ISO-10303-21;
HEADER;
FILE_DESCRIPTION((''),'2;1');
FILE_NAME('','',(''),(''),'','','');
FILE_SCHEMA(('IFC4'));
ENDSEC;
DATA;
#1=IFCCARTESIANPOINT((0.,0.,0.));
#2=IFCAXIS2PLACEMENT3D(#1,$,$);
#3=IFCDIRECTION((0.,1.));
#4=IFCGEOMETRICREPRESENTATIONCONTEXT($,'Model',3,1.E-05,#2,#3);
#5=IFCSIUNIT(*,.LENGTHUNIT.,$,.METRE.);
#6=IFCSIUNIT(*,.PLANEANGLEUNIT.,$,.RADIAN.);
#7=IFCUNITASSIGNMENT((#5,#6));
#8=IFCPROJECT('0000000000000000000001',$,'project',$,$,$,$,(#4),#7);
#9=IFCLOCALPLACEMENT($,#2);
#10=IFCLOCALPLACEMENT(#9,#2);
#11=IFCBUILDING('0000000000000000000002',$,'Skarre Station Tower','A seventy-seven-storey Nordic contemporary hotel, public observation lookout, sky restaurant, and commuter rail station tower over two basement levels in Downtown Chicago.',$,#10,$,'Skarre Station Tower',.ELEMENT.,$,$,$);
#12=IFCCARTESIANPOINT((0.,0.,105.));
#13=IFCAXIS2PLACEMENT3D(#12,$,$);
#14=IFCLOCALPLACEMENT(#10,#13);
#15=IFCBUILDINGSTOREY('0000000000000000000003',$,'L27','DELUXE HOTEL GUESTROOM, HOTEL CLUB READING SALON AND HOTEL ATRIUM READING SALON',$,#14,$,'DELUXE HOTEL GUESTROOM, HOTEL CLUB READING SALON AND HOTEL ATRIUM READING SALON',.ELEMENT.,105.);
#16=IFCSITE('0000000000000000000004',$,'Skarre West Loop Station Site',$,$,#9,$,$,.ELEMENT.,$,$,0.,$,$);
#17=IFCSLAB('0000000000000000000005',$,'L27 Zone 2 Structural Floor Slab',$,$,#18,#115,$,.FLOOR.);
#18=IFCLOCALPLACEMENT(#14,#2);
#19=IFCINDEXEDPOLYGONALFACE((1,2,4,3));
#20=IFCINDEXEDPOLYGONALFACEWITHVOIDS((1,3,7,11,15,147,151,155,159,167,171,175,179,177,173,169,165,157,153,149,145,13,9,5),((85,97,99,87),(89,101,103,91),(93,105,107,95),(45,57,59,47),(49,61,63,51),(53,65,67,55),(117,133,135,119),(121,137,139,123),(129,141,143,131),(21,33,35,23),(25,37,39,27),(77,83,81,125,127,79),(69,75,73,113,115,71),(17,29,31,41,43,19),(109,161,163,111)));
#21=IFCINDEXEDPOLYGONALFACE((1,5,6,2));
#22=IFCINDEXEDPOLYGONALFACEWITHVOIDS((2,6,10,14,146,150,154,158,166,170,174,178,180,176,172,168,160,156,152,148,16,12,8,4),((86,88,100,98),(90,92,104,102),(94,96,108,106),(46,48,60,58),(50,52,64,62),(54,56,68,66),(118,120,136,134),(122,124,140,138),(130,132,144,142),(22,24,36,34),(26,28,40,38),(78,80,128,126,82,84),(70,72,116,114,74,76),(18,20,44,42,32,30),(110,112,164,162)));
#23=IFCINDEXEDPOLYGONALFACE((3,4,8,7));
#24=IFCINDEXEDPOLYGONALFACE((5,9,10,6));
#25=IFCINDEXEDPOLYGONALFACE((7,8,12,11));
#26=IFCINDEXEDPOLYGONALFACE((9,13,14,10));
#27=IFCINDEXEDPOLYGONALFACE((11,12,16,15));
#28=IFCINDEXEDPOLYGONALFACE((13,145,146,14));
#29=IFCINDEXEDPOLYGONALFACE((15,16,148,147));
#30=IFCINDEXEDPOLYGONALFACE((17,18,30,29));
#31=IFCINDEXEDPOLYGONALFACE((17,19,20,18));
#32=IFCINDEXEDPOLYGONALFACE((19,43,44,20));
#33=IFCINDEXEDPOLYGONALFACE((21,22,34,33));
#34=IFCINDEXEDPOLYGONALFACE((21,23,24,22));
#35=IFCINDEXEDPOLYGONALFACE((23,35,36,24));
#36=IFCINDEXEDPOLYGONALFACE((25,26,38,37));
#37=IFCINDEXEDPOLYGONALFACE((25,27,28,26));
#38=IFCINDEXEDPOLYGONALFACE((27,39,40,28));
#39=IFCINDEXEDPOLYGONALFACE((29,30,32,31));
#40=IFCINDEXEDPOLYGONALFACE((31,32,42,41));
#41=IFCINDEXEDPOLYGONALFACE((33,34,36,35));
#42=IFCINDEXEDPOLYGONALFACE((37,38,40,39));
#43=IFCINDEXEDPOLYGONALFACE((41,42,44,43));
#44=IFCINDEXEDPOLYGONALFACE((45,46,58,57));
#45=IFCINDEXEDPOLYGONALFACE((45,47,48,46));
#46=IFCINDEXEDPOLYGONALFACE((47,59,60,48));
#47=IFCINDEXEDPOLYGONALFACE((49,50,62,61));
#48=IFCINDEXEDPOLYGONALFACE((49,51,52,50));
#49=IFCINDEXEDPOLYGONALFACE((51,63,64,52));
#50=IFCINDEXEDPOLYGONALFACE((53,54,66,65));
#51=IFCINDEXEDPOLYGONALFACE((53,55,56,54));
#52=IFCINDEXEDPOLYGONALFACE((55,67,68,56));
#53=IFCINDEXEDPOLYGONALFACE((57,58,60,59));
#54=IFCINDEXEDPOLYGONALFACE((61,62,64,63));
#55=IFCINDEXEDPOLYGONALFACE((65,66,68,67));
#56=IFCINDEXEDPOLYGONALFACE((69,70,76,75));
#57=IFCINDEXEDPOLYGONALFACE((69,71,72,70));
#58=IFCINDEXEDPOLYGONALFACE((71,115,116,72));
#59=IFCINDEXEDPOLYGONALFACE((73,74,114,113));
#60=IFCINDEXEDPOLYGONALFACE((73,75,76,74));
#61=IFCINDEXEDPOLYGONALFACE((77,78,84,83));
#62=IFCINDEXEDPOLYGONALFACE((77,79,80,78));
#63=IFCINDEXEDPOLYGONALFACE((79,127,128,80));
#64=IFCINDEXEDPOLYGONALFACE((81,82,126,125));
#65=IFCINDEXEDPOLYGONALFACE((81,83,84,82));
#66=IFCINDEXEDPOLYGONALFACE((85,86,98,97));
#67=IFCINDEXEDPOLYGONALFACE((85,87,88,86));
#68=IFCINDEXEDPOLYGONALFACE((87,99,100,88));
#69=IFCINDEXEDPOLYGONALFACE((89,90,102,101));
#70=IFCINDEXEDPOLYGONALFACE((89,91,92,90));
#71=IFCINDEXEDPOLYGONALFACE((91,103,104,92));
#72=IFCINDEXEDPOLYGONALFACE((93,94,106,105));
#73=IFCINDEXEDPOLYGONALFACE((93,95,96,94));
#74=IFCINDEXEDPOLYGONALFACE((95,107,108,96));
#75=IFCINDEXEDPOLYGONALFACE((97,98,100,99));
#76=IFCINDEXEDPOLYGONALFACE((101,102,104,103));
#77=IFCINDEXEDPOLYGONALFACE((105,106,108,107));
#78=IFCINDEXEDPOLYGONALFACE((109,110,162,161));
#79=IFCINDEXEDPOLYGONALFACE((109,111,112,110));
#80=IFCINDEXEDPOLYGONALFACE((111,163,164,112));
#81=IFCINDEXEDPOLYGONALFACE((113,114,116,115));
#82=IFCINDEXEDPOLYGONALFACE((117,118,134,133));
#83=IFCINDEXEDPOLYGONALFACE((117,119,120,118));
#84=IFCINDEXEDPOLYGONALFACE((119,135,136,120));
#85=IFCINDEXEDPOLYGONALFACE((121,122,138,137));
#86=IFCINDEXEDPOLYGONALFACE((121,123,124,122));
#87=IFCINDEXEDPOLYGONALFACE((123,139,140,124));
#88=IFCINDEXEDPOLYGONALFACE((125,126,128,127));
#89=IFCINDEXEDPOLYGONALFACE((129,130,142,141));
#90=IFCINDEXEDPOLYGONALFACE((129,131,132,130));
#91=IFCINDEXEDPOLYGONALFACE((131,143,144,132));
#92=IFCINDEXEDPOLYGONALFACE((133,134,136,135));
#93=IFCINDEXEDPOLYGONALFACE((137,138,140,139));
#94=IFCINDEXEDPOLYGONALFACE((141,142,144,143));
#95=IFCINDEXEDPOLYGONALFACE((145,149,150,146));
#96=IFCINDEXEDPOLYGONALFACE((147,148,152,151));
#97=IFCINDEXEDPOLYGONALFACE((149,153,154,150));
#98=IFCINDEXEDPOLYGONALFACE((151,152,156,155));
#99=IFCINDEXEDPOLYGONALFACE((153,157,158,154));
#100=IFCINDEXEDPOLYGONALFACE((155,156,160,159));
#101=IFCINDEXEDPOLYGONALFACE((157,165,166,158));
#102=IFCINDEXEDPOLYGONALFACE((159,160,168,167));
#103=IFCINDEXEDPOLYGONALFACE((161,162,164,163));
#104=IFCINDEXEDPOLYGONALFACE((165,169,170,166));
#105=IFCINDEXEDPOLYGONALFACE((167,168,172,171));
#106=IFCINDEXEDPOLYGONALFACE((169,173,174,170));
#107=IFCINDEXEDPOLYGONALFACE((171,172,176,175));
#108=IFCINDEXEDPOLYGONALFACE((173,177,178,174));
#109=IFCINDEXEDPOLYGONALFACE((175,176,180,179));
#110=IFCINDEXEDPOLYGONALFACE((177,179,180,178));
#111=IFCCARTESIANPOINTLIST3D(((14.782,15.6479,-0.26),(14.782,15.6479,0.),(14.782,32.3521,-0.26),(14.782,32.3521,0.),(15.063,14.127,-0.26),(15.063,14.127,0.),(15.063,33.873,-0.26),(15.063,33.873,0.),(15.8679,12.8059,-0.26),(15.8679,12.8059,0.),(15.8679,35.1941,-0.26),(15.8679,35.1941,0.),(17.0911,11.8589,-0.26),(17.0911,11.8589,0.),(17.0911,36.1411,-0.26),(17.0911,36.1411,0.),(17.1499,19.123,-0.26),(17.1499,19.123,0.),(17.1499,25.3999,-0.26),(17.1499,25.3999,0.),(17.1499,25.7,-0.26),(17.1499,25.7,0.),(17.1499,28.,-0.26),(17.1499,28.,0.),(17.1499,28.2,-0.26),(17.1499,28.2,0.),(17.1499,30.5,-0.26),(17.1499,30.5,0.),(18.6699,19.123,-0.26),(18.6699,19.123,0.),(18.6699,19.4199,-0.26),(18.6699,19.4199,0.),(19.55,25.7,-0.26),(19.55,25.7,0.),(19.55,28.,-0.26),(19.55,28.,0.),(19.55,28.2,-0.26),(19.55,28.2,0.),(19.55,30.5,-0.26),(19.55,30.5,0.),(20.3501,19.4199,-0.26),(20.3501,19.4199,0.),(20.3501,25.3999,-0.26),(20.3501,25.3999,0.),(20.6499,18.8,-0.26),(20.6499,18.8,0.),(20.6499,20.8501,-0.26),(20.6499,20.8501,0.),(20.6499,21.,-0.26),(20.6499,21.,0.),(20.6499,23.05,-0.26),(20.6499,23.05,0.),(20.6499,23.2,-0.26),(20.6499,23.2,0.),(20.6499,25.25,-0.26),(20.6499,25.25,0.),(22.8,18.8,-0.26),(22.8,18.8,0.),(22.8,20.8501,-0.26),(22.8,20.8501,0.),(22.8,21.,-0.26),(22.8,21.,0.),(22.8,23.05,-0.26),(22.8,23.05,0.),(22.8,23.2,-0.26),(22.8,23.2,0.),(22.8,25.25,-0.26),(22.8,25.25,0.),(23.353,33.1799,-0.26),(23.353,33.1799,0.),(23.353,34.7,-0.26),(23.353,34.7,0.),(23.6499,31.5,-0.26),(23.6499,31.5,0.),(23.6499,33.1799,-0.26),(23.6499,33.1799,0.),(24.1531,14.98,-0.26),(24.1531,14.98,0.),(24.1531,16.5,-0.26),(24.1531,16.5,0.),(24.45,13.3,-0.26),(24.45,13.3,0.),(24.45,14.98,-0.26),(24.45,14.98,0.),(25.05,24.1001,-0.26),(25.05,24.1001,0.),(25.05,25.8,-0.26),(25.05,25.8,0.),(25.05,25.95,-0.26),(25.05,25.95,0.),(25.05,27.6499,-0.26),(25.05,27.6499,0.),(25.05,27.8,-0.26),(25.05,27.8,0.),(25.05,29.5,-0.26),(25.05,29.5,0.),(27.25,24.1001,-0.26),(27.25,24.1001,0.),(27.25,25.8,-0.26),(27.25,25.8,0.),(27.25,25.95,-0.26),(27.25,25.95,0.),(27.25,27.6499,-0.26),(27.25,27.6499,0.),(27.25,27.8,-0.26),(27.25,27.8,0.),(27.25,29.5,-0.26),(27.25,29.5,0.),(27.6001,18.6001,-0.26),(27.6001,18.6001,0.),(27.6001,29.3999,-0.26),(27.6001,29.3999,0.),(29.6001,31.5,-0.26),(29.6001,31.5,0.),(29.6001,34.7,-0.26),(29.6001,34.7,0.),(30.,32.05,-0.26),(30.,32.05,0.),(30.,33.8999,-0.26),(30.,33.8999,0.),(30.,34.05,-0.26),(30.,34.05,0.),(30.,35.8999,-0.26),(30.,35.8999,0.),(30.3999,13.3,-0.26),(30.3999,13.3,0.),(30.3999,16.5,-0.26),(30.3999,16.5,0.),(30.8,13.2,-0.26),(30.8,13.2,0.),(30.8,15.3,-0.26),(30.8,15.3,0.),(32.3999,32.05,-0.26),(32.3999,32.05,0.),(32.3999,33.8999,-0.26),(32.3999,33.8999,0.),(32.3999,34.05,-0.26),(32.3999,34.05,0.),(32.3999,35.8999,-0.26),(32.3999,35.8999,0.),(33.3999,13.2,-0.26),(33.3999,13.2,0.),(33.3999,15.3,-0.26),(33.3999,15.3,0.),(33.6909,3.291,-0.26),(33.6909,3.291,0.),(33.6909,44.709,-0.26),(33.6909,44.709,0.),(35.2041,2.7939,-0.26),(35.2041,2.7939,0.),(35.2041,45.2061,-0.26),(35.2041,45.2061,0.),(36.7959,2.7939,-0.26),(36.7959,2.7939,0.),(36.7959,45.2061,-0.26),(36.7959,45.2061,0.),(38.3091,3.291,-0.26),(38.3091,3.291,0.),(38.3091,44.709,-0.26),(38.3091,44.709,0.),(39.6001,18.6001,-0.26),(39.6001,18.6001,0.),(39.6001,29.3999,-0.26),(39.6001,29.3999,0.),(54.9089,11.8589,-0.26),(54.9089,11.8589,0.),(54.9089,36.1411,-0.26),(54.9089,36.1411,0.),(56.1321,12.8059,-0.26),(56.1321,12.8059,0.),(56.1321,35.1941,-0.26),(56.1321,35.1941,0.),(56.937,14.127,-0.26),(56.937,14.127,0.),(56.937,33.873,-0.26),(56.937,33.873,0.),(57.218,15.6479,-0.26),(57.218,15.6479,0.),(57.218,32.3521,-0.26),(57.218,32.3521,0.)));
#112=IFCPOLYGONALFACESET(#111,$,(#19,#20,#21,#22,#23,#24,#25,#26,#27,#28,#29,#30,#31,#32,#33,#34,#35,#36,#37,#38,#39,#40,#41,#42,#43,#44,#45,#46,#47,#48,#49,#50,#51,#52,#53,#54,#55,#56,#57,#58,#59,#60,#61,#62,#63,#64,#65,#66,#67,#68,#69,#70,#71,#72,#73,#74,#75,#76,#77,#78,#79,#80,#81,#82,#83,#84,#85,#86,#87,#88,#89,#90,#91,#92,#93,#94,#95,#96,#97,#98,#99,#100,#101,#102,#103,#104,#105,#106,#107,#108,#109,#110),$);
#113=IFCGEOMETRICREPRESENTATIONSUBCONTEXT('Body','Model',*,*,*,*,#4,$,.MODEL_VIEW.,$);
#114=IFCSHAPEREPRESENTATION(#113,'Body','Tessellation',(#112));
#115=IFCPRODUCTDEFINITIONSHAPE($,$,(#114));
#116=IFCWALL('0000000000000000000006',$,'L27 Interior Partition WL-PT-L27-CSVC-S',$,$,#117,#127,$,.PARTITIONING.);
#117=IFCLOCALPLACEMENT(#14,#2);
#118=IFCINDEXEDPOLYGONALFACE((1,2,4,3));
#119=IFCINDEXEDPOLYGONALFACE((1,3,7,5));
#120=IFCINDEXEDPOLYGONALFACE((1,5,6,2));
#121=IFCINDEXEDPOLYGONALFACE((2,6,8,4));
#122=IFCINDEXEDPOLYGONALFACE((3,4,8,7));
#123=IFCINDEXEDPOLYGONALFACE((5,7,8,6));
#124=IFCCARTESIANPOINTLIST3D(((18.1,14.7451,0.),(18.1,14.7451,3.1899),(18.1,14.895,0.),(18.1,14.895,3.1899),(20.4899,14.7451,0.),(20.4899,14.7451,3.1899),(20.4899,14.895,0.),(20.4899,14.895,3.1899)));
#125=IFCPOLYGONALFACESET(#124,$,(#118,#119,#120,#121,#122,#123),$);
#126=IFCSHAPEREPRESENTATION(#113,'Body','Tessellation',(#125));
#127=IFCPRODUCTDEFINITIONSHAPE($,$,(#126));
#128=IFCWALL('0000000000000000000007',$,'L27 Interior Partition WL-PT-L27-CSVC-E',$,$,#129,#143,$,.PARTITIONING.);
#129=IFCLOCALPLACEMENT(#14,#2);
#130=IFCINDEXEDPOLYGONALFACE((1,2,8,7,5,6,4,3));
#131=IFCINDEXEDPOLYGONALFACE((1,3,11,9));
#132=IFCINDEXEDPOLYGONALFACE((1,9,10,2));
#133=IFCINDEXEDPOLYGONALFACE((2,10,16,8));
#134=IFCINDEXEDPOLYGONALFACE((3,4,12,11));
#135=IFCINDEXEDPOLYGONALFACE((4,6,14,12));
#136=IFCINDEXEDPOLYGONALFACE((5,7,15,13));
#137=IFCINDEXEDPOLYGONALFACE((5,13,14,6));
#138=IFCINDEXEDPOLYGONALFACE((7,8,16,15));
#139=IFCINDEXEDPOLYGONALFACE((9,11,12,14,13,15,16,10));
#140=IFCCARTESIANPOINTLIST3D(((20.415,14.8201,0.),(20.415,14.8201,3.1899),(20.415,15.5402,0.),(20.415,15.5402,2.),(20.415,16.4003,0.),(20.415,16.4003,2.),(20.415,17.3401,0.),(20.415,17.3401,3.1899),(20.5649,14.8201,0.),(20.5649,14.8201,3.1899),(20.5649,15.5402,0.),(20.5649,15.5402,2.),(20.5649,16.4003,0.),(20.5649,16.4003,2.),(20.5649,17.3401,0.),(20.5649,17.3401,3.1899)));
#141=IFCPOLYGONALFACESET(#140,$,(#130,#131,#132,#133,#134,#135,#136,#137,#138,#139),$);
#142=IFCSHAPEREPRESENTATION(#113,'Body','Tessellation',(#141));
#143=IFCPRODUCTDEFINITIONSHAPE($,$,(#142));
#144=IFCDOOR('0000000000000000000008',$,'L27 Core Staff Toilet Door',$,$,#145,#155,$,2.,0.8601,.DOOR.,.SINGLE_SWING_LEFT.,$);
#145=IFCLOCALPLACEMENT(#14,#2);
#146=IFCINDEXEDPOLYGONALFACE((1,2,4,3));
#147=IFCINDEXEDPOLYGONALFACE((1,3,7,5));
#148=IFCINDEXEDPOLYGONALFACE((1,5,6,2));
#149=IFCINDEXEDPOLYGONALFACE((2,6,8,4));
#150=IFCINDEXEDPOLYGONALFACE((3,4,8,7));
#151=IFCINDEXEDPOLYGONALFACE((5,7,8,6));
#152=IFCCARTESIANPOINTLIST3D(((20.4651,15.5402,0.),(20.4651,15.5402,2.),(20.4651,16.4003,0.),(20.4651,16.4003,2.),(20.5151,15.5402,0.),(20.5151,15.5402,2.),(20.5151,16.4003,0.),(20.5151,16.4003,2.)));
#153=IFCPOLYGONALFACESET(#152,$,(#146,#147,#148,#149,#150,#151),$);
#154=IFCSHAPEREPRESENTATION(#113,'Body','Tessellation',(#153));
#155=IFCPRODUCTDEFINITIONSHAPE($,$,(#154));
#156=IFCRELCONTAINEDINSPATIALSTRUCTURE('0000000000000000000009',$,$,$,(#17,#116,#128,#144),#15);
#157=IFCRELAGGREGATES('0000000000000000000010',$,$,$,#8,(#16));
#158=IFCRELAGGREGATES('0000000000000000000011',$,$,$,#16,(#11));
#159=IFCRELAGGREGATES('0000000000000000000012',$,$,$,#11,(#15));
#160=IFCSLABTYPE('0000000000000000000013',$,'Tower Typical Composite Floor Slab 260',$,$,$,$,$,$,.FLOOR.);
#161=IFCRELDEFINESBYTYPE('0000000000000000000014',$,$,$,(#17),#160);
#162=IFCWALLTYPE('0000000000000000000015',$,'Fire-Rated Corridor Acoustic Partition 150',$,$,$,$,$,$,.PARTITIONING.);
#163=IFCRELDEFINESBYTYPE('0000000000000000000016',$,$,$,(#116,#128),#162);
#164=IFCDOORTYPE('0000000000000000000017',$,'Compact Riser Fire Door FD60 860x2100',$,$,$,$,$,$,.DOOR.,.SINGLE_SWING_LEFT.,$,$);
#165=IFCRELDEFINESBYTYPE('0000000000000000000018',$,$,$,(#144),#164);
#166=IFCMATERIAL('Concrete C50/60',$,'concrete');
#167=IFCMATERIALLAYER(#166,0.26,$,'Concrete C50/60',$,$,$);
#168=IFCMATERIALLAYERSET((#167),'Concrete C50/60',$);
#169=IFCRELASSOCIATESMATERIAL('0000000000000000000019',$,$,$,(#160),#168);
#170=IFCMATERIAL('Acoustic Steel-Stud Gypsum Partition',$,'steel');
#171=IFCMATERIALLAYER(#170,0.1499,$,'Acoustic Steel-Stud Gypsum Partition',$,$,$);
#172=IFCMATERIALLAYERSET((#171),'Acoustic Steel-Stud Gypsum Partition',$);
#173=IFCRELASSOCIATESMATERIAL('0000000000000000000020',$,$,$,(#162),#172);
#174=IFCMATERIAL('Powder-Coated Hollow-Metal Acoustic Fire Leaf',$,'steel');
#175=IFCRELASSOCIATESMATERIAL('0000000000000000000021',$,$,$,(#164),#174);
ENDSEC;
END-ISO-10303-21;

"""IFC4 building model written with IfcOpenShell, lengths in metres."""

from ifc_helpers import new_model, si_unit, direction, frame, frame_2d, origin, place, context, subcontext, project, spatial, polyline, rectangle, outline, extrude, material, layer, layer_set, type_object, element, fill, save


model = new_model("IFC4")

# Units and contexts
model_context = context("Model", 3, precision=1e-05, world=origin(), true_north=direction((0.0, 1.0)))
body_context = subcontext(model_context, "Body", "Model", "MODEL_VIEW")
ifc_project = project(units=[si_unit("LENGTHUNIT", "METRE"), si_unit("PLANEANGLEUNIT", "RADIAN")], contexts=[model_context])

# Site, building, storey
site_placement = place(None, origin())
site = spatial("IfcSite", under=ifc_project, at=site_placement, Name="Skarre West Loop Station Site", CompositionType="ELEMENT", RefElevation=0.0)
building_placement = place(site_placement, origin())
building = spatial("IfcBuilding", under=site, at=building_placement, Name="Skarre Station Tower", Description="A seventy-seven-storey Nordic contemporary hotel, public observation lookout, sky restaurant, and commuter rail station tower over two basement levels in Downtown Chicago.", LongName="Skarre Station Tower", CompositionType="ELEMENT")
storey_placement = place(building_placement, frame((0.0, 0.0, 105.0)))
storey = spatial("IfcBuildingStorey", under=building, at=storey_placement, Name="L27", Description="DELUXE HOTEL GUESTROOM, HOTEL CLUB READING SALON AND HOTEL ATRIUM READING SALON", LongName="DELUXE HOTEL GUESTROOM, HOTEL CLUB READING SALON AND HOTEL ATRIUM READING SALON", CompositionType="ELEMENT", Elevation=105.0)

# Slab
ifc_material_1 = material(Name="Concrete C50/60", Category="concrete")
ifc_layer_1 = layer(ifc_material_1, 0.26, Name="Concrete C50/60")
ifc_layer_set_1 = layer_set([ifc_layer_1], Name="Concrete C50/60")
slab_type_1 = type_object("IfcSlabType", Name="Tower Typical Composite Floor Slab 260", PredefinedType="FLOOR", material=ifc_layer_set_1)
slab_1_placement = place(storey_placement, frame((0.0, 0.0, -0.26)))
element("IfcSlab", 1, at=slab_1_placement, inside=storey, type_object=slab_type_1, Name="L27 Zone 2 Structural Floor Slab", PredefinedType="FLOOR", context=body_context, shape_type="SweptSolid", body=[
    extrude(outline(polyline([(57.218, 32.3521), (56.937, 33.873), (56.1321, 35.1941), (54.9089, 36.1411), (38.3091, 44.709), (36.7959, 45.2061), (35.2041, 45.2061), (33.6909, 44.709), (17.0911, 36.1411), (15.8679, 35.1941), (15.063, 33.873), (14.782, 32.3521), (14.782, 15.6479), (15.063, 14.127), (15.8679, 12.8059), (17.0911, 11.8589), (33.6909, 3.291), (35.2041, 2.7939), (36.7959, 2.7939), (38.3091, 3.291), (54.9089, 11.8589), (56.1321, 12.8059), (56.937, 14.127), (57.218, 15.6479), (57.218, 32.3521)]), holes=[polyline([(18.6699, 19.4199), (18.6699, 19.123), (17.1499, 19.123), (17.1499, 25.3999), (20.3501, 25.3999), (20.3501, 19.4199), (18.6699, 19.4199)]), polyline([(24.45, 14.98), (24.1531, 14.98), (24.1531, 16.5), (30.3999, 16.5), (30.3999, 13.3), (24.45, 13.3), (24.45, 14.98)]), polyline([(23.6499, 33.1799), (23.353, 33.1799), (23.353, 34.7), (29.6001, 34.7), (29.6001, 31.5), (23.6499, 31.5), (23.6499, 33.1799)]), polyline([(17.1499, 28.0), (19.55, 28.0), (19.55, 25.7), (17.1499, 25.7), (17.1499, 28.0)]), polyline([(17.1499, 30.5), (19.55, 30.5), (19.55, 28.2), (17.1499, 28.2), (17.1499, 30.5)]), polyline([(30.8, 15.3), (33.3999, 15.3), (33.3999, 13.2), (30.8, 13.2), (30.8, 15.3)]), polyline([(25.05, 25.8), (27.25, 25.8), (27.25, 24.1001), (25.05, 24.1001), (25.05, 25.8)]), polyline([(25.05, 27.6499), (27.25, 27.6499), (27.25, 25.95), (25.05, 25.95), (25.05, 27.6499)]), polyline([(25.05, 29.5), (27.25, 29.5), (27.25, 27.8), (25.05, 27.8), (25.05, 29.5)]), polyline([(20.6499, 20.8501), (22.8, 20.8501), (22.8, 18.8), (20.6499, 18.8), (20.6499, 20.8501)]), polyline([(20.6499, 23.05), (22.8, 23.05), (22.8, 21.0), (20.6499, 21.0), (20.6499, 23.05)]), polyline([(20.6499, 25.25), (22.8, 25.25), (22.8, 23.2), (20.6499, 23.2), (20.6499, 25.25)]), polyline([(30.0, 33.8999), (32.3999, 33.8999), (32.3999, 32.05), (30.0, 32.05), (30.0, 33.8999)]), polyline([(30.0, 35.8999), (32.3999, 35.8999), (32.3999, 34.05), (30.0, 34.05), (30.0, 35.8999)]), polyline([(27.6001, 29.3999), (39.6001, 29.3999), (39.6001, 18.6001), (27.6001, 18.6001), (27.6001, 29.3999)])]), origin(), (0.0, 0.0, 1.0), 0.26),
])

# Wall
ifc_material_2 = material(Name="Acoustic Steel-Stud Gypsum Partition", Category="steel")
ifc_layer_2 = layer(ifc_material_2, 0.1499, Name="Acoustic Steel-Stud Gypsum Partition")
ifc_layer_set_2 = layer_set([ifc_layer_2], Name="Acoustic Steel-Stud Gypsum Partition")
wall_type_1 = type_object("IfcWallType", Name="Fire-Rated Corridor Acoustic Partition 150", PredefinedType="PARTITIONING", material=ifc_layer_set_2)
wall_1_placement = place(storey_placement, frame((18.1001, 14.8201, 0.0), z_axis=(0.0, 0.0, 1.0), x_axis=(1.0, 0.0, 0.0)))
element("IfcWall", 2, at=wall_1_placement, inside=storey, type_object=wall_type_1, Name="L27 Interior Partition WL-PT-L27-CSVC-S", PredefinedType="PARTITIONING", context=body_context, shape_type="SweptSolid", body=[
    extrude(rectangle(XDim=2.3899, YDim=0.1499, at=frame_2d((1.1948, 0.0))), origin(), (0.0, 0.0, 1.0), 3.1899),
])

# Wall, opening, door
wall_2_placement = place(storey_placement, frame((20.49, 14.8201, 0.0), z_axis=(0.0, 0.0, 1.0), x_axis=(0.0, 1.0, 0.0)))
wall_2 = element("IfcWall", 3, at=wall_2_placement, inside=storey, type_object=wall_type_1, Name="L27 Interior Partition WL-PT-L27-CSVC-E", PredefinedType="PARTITIONING", context=body_context, shape_type="SweptSolid", body=[
    extrude(rectangle(XDim=2.52, YDim=0.1499, at=frame_2d((1.26, 0.0))), origin(), (0.0, 0.0, 1.0), 3.1899),
])
opening_1_placement = place(wall_2_placement, frame((0.72, 0.0, 0.0)))
opening_1 = element("IfcOpeningElement", 4, at=opening_1_placement, cuts=wall_2, PredefinedType="OPENING", context=body_context, shape_type="SweptSolid", body=[
    extrude(rectangle(XDim=0.8601, YDim=2.0, at=frame_2d((0.4302, 1.0))), frame((0.0, 0.085, 0.0), z_axis=(0.0, -1.0, 0.0), x_axis=(1.0, 0.0, 0.0)), (0.0, 0.0, 1.0), 0.1699),
])
ifc_material_3 = material(Name="Powder-Coated Hollow-Metal Acoustic Fire Leaf", Category="steel")
door_type_1 = type_object("IfcDoorType", Name="Compact Riser Fire Door FD60 860x2100", OperationType="SINGLE_SWING_LEFT", PredefinedType="DOOR", material=ifc_material_3)
door_1_placement = place(opening_1_placement, origin())
door_1 = element("IfcDoor", 5, at=door_1_placement, inside=storey, type_object=door_type_1, Name="L27 Core Staff Toilet Door", OperationType="SINGLE_SWING_LEFT", OverallHeight=2.0, OverallWidth=0.8601, PredefinedType="DOOR", context=body_context, shape_type="SweptSolid", body=[
    extrude(rectangle(XDim=0.8601, YDim=2.0, at=frame_2d((0.4302, 1.0))), frame((0.0, 0.0249, 0.0), z_axis=(0.0, -1.0, 0.0), x_axis=(1.0, 0.0, 0.0)), (0.0, 0.0, 1.0), 0.05),
])
fill(opening_1, door_1)

save(model, "model.ifc")
